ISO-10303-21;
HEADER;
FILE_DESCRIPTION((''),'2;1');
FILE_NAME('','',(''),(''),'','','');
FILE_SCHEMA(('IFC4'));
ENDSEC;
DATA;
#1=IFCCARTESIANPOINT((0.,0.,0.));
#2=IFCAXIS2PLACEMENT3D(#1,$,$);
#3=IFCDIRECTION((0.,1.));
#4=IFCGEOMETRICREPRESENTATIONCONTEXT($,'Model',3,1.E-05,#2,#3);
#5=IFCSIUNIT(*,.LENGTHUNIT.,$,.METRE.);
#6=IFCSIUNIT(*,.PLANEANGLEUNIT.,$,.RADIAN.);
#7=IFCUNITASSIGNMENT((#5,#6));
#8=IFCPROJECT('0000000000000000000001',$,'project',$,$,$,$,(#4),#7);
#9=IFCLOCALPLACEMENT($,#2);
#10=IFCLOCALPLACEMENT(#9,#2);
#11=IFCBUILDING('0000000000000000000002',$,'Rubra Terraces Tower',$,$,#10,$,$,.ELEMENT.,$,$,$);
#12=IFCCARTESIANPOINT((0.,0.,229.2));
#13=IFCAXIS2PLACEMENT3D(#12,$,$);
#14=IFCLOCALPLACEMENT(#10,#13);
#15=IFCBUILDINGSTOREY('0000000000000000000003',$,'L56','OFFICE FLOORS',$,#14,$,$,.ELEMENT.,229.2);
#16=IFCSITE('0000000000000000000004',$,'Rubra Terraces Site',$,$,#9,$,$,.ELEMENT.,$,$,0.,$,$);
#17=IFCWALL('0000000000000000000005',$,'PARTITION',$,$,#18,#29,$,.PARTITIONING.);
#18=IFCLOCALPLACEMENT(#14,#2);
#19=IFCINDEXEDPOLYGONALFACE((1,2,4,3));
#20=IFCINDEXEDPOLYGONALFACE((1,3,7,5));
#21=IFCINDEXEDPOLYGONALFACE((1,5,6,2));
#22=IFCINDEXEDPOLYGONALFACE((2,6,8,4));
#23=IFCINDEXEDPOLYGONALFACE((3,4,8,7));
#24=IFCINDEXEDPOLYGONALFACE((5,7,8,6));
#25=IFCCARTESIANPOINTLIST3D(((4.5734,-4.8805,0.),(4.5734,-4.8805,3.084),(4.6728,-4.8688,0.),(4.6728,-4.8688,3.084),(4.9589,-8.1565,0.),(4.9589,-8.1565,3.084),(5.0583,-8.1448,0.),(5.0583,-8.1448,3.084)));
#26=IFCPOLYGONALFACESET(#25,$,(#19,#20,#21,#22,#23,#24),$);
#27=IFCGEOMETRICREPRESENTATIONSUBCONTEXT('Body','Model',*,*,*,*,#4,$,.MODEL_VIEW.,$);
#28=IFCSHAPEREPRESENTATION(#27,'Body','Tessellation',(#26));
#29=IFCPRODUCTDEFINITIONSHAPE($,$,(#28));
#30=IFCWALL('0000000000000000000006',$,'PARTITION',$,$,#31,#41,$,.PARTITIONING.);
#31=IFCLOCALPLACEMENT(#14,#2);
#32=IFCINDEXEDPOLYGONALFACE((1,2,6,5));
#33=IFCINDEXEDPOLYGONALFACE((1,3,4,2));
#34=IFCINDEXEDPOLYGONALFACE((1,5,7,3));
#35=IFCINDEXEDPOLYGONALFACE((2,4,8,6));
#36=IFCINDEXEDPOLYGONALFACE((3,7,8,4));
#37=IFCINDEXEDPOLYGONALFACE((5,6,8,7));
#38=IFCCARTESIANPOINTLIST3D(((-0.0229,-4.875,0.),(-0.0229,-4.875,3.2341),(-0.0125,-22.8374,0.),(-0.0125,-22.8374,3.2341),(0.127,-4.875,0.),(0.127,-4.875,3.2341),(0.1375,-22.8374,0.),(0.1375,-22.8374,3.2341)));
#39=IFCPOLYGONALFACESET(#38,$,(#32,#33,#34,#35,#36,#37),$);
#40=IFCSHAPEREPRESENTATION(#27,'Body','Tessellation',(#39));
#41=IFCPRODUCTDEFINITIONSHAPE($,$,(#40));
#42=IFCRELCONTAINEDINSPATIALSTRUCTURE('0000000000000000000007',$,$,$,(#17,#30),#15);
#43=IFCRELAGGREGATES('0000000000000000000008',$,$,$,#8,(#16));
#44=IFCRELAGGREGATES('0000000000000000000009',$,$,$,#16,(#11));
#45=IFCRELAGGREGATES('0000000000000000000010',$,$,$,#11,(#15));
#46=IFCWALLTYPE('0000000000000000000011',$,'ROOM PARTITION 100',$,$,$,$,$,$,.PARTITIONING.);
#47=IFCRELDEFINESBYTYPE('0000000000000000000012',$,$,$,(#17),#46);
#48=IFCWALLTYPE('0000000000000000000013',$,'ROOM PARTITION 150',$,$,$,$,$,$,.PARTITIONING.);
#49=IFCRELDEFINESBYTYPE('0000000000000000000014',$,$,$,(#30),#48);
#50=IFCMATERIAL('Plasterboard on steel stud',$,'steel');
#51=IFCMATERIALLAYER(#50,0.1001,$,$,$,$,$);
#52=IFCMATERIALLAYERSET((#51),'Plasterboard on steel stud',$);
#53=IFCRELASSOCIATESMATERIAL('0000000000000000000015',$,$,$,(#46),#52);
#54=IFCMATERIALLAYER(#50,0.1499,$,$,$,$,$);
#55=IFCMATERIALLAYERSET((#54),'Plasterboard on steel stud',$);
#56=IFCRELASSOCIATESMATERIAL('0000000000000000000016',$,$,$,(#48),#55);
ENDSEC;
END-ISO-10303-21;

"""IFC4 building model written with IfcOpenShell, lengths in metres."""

from ifc_helpers import new_model, si_unit, direction, frame, frame_2d, origin, place, context, subcontext, project, spatial, rectangle, extrude, material, layer, layer_set, type_object, element, save


model = new_model("IFC4")

# Units and contexts
model_context = context("Model", 3, precision=1e-05, world=origin(), true_north=direction((0.0, 1.0)))
body_context = subcontext(model_context, "Body", "Model", "MODEL_VIEW")
ifc_project = project(units=[si_unit("LENGTHUNIT", "METRE"), si_unit("PLANEANGLEUNIT", "RADIAN")], contexts=[model_context])

# Site, building, storey
site_placement = place(None, origin())
site = spatial("IfcSite", under=ifc_project, at=site_placement, Name="Rubra Terraces Site", CompositionType="ELEMENT", RefElevation=0.0)
building_placement = place(site_placement, origin())
building = spatial("IfcBuilding", under=site, at=building_placement, Name="Rubra Terraces Tower", CompositionType="ELEMENT")
storey_placement = place(building_placement, frame((0.0, 0.0, 229.2)))
storey = spatial("IfcBuildingStorey", under=building, at=storey_placement, Name="L56", Description="OFFICE FLOORS", CompositionType="ELEMENT", Elevation=229.2)

# Shared definitions
ifc_material_1 = material(Name="Plasterboard on steel stud", Category="steel")
ifc_layer_1 = layer(ifc_material_1, 0.1001)
ifc_layer_set_1 = layer_set([ifc_layer_1], Name="Plasterboard on steel stud")
wall_type_1 = type_object("IfcWallType", Name="ROOM PARTITION 100", PredefinedType="PARTITIONING", material=ifc_layer_set_1)

# Walls
wall_1_placement = place(storey_placement, frame((4.623, -4.8745, 0.0), z_axis=(0.0, 0.0, 1.0), x_axis=(0.116871, -0.993147, 0.0)))
element("IfcWall", 1, at=wall_1_placement, inside=storey, type_object=wall_type_1, Name="PARTITION", PredefinedType="PARTITIONING", context=body_context, shape_type="SweptSolid", body=[
    extrude(rectangle(XDim=3.2986, YDim=0.1001, at=frame_2d((1.6494, 0.0))), origin(), (0.0, 0.0, 1.0), 3.084),
])
ifc_layer_2 = layer(ifc_material_1, 0.1499)
ifc_layer_set_2 = layer_set([ifc_layer_2], Name="Plasterboard on steel stud")
wall_type_2 = type_object("IfcWallType", Name="ROOM PARTITION 150", PredefinedType="PARTITIONING", material=ifc_layer_set_2)
wall_2_placement = place(storey_placement, frame((0.0625, -22.8374, 0.0), z_axis=(0.0, 0.0, 1.0), x_axis=(-0.000584, 1.0, 0.0)))
element("IfcWall", 2, at=wall_2_placement, inside=storey, type_object=wall_type_2, Name="PARTITION", PredefinedType="PARTITIONING", context=body_context, shape_type="SweptSolid", body=[
    extrude(rectangle(XDim=17.9624, YDim=0.1499, at=frame_2d((8.9812, 0.0))), origin(), (0.0, 0.0, 1.0), 3.2341),
])

save(model, "model.ifc")
